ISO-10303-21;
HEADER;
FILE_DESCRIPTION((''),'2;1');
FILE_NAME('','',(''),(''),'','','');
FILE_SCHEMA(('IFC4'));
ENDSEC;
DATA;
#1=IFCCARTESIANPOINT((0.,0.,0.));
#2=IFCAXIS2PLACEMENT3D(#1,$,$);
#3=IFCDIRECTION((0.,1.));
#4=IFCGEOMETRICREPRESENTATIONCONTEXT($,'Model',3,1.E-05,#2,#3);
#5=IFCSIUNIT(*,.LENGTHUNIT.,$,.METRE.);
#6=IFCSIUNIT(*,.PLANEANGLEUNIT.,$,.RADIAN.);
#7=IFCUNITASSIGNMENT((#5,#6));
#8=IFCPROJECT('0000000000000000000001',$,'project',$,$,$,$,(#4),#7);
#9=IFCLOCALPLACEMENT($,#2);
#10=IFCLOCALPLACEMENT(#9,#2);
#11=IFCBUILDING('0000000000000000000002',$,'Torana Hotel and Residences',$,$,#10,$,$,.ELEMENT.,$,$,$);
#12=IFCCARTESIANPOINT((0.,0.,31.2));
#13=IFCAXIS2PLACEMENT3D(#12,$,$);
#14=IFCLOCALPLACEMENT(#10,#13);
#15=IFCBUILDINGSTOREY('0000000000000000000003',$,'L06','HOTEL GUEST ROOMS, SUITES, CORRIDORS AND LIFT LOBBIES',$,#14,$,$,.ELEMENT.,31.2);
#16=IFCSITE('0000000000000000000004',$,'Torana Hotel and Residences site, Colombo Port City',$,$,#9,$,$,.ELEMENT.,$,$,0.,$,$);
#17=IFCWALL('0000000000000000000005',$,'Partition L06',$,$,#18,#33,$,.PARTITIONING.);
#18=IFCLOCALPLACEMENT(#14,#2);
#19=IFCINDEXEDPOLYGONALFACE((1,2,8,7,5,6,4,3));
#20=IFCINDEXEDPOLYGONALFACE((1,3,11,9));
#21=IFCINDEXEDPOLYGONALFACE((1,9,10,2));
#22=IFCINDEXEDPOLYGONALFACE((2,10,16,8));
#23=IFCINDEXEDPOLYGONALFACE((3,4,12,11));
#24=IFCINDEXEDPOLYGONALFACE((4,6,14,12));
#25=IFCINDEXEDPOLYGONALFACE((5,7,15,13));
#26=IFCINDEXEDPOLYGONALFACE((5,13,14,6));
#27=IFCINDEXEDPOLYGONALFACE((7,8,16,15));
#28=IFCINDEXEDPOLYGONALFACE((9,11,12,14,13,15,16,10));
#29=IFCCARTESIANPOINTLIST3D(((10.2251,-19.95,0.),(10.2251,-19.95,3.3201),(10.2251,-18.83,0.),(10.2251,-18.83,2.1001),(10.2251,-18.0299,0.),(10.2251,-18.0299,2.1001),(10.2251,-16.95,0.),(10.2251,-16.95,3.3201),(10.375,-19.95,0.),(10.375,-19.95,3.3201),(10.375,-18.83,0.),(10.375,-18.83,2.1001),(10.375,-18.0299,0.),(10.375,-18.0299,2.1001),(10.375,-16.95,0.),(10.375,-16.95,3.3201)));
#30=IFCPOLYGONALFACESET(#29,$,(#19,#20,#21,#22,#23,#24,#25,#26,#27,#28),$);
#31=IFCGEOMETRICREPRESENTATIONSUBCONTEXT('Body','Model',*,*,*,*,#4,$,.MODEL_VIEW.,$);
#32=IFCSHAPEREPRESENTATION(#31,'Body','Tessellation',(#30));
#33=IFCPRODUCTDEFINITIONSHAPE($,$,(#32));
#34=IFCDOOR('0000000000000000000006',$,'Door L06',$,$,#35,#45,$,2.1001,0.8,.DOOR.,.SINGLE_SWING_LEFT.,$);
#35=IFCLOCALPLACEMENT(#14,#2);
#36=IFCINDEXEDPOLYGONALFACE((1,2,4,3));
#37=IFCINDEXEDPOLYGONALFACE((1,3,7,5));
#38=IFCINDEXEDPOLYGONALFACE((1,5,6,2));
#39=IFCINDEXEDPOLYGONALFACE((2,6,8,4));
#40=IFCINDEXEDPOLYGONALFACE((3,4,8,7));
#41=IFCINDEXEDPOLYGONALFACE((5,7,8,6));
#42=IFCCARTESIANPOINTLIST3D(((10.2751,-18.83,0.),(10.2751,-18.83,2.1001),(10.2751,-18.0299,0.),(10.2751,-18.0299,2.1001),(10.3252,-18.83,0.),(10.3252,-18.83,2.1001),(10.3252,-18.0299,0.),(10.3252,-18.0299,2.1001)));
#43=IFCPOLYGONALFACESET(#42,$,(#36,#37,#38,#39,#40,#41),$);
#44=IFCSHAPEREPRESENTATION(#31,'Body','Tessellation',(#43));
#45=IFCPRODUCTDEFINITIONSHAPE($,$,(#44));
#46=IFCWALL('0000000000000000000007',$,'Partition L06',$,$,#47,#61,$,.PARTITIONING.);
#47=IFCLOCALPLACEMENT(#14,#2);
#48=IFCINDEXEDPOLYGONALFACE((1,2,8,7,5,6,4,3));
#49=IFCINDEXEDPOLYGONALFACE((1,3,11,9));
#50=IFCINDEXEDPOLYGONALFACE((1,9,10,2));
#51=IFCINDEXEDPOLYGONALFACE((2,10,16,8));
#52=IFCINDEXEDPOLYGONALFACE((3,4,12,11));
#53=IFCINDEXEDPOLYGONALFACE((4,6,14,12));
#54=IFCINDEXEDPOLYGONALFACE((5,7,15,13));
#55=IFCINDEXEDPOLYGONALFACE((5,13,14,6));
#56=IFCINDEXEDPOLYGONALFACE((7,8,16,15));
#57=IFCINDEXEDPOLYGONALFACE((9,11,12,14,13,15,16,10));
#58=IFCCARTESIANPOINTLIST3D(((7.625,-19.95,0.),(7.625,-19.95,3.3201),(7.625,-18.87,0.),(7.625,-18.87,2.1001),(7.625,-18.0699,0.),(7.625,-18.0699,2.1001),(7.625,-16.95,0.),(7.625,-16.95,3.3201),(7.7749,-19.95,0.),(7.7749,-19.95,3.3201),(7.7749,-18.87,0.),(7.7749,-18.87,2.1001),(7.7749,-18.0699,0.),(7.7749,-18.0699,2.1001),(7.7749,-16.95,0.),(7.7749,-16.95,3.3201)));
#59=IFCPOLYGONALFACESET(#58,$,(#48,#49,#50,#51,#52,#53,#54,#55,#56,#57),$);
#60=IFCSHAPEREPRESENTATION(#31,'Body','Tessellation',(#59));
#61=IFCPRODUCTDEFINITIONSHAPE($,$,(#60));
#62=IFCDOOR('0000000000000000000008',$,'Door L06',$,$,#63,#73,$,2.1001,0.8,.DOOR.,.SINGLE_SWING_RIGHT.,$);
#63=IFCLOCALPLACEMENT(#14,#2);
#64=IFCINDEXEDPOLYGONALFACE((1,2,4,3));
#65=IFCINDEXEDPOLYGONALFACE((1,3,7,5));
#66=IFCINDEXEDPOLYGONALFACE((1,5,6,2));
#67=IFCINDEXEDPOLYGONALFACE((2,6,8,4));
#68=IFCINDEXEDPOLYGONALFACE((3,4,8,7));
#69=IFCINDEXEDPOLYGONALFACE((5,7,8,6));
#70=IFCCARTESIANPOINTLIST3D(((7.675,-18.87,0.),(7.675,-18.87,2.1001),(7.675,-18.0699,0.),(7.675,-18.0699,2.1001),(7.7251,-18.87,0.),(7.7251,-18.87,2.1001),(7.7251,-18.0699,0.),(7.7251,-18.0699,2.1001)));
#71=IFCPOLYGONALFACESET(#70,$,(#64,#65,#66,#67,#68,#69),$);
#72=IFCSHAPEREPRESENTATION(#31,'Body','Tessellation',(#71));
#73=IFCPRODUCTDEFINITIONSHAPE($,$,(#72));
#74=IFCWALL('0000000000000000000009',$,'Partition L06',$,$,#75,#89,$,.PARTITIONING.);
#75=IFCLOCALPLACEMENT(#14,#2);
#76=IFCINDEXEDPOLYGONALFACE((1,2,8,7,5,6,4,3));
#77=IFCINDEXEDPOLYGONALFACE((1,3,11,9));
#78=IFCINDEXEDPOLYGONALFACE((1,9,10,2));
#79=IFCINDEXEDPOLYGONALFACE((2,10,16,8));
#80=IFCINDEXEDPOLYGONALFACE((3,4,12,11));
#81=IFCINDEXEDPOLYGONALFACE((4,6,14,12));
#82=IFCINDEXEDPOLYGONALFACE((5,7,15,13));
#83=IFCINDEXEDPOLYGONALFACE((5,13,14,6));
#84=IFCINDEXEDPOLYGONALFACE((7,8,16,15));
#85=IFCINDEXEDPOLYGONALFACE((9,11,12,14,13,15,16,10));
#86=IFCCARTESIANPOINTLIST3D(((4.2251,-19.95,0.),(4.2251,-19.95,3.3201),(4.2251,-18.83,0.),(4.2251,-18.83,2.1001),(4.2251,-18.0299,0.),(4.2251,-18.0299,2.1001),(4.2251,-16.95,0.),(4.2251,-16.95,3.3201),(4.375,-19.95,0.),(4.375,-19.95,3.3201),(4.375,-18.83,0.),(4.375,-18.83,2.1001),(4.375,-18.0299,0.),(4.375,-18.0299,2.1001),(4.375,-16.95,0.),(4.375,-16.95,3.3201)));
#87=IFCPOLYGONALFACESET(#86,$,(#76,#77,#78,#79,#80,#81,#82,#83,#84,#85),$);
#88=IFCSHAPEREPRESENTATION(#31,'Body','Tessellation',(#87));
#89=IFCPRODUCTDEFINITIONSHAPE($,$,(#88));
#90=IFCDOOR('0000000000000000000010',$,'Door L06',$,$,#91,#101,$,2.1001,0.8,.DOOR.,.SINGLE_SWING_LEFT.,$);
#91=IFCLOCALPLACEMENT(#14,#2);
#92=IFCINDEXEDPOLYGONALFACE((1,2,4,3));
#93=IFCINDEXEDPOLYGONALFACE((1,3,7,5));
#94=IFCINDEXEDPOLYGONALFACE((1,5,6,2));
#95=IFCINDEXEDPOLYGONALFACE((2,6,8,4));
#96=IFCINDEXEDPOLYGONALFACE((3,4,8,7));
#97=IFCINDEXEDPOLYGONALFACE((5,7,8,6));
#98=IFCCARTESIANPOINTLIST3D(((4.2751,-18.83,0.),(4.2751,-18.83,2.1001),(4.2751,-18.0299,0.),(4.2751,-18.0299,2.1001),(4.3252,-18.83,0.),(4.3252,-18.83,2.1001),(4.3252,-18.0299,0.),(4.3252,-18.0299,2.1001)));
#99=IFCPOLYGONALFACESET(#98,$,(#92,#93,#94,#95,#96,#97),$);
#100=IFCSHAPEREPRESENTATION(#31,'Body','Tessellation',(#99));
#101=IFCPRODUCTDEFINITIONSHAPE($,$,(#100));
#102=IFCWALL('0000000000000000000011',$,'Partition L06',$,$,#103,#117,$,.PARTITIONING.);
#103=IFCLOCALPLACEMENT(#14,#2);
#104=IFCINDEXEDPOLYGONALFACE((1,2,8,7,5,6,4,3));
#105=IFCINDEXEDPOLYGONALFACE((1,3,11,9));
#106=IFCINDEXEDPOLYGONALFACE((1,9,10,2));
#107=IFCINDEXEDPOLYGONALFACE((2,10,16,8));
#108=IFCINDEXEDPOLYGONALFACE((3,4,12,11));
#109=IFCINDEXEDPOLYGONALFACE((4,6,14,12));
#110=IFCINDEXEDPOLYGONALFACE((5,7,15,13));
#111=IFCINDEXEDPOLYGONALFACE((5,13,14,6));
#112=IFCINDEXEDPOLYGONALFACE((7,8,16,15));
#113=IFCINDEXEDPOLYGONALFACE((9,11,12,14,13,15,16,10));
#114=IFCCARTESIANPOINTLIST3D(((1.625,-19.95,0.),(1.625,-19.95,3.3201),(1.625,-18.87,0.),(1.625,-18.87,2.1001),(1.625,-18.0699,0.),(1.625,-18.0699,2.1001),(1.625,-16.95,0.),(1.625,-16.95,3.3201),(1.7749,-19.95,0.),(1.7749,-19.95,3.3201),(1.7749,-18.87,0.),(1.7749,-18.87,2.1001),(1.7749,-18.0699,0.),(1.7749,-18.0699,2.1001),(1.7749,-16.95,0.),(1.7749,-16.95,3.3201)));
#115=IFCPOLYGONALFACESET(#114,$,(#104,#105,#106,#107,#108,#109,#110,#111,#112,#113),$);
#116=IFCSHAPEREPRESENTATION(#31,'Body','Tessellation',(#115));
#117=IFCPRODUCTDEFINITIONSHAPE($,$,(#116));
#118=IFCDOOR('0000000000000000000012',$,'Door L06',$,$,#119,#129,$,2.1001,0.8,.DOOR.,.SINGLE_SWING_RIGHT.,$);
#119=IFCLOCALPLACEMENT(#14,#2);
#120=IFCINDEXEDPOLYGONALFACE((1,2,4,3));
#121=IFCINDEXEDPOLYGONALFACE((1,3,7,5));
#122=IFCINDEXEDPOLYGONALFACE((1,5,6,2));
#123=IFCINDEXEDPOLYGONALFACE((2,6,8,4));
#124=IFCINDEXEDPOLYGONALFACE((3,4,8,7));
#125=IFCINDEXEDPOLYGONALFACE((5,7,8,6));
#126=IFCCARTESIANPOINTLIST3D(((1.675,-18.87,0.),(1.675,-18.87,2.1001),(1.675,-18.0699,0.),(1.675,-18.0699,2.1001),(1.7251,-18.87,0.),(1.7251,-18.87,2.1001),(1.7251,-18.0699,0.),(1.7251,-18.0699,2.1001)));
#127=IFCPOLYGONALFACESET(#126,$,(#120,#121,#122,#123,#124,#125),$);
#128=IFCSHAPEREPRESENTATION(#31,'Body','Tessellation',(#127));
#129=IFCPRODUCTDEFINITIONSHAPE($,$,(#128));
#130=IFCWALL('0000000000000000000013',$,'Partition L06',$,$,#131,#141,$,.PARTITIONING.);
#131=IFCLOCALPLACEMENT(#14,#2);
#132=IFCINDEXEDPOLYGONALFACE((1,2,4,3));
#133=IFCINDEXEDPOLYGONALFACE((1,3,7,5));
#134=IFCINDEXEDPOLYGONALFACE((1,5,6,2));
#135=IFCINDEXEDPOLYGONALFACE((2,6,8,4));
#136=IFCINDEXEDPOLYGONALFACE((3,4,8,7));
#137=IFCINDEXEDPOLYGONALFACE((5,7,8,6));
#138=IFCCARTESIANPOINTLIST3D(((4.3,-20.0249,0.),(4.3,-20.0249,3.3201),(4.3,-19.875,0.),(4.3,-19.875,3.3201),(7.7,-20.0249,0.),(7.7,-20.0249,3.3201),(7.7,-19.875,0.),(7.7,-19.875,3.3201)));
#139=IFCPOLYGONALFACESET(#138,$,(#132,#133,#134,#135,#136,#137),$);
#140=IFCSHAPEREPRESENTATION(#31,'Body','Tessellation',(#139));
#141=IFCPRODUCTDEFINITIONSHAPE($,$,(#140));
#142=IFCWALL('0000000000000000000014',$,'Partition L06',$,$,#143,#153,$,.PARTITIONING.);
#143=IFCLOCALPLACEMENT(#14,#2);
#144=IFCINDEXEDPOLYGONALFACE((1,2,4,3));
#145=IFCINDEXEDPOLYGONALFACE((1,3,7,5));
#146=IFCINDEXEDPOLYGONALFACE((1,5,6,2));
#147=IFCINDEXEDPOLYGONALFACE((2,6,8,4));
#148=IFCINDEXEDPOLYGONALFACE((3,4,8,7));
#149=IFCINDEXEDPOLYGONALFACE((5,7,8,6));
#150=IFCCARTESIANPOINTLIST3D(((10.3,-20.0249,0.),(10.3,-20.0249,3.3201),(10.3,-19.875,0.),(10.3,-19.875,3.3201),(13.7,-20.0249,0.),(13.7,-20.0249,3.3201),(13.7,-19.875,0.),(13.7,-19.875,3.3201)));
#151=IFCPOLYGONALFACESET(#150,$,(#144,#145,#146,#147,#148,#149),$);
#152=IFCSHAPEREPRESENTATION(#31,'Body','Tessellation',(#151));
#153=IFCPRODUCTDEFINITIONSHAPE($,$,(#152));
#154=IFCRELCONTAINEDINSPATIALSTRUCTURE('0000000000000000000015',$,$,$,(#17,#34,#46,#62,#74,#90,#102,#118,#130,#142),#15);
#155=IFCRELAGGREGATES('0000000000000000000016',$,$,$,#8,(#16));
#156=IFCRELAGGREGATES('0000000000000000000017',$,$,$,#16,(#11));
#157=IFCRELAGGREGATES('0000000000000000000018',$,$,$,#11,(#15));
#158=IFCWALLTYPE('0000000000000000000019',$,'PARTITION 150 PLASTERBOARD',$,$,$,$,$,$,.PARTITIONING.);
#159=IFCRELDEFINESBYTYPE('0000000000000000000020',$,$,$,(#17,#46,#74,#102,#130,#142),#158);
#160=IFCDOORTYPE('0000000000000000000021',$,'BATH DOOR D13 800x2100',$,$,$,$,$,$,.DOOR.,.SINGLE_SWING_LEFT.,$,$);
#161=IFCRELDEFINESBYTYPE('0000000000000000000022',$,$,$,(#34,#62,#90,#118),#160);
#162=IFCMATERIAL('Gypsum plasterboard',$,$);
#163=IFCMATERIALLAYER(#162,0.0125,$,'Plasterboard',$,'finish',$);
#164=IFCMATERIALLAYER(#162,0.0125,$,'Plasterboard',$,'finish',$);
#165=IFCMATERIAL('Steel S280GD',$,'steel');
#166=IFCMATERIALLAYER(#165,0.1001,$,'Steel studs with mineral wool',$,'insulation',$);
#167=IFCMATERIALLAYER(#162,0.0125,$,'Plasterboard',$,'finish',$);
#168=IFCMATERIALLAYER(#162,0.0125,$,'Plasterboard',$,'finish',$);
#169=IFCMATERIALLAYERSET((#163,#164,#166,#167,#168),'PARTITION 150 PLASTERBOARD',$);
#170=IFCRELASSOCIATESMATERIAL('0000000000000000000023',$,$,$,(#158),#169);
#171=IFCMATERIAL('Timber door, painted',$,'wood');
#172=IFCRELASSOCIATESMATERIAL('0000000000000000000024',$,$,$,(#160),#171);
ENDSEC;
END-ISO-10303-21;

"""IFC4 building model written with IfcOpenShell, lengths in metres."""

from ifc_helpers import new_model, si_unit, direction, frame, frame_2d, origin, place, context, subcontext, project, spatial, rectangle, extrude, material, layer, layer_set, type_object, element, fill, save


model = new_model("IFC4")

# Units and contexts
model_context = context("Model", 3, precision=1e-05, world=origin(), true_north=direction((0.0, 1.0)))
body_context = subcontext(model_context, "Body", "Model", "MODEL_VIEW")
ifc_project = project(units=[si_unit("LENGTHUNIT", "METRE"), si_unit("PLANEANGLEUNIT", "RADIAN")], contexts=[model_context])

# Site, building, storey
site_placement = place(None, origin())
site = spatial("IfcSite", under=ifc_project, at=site_placement, Name="Torana Hotel and Residences site, Colombo Port City", CompositionType="ELEMENT", RefElevation=0.0)
building_placement = place(site_placement, origin())
building = spatial("IfcBuilding", under=site, at=building_placement, Name="Torana Hotel and Residences", CompositionType="ELEMENT")
storey_placement = place(building_placement, frame((0.0, 0.0, 31.2)))
storey = spatial("IfcBuildingStorey", under=building, at=storey_placement, Name="L06", Description="HOTEL GUEST ROOMS, SUITES, CORRIDORS AND LIFT LOBBIES", CompositionType="ELEMENT", Elevation=31.2)

# Walls, openings, doors
ifc_material_1 = material(Name="Gypsum plasterboard")
ifc_layer_1 = layer(ifc_material_1, 0.0125, Name="Plasterboard", Category="finish")
ifc_layer_2 = layer(ifc_material_1, 0.0125, Name="Plasterboard", Category="finish")
ifc_material_2 = material(Name="Steel S280GD", Category="steel")
ifc_layer_3 = layer(ifc_material_2, 0.1001, Name="Steel studs with mineral wool", Category="insulation")
ifc_layer_4 = layer(ifc_material_1, 0.0125, Name="Plasterboard", Category="finish")
ifc_layer_5 = layer(ifc_material_1, 0.0125, Name="Plasterboard", Category="finish")
ifc_layer_set_1 = layer_set([ifc_layer_1, ifc_layer_2, ifc_layer_3, ifc_layer_4, ifc_layer_5], Name="PARTITION 150 PLASTERBOARD")
wall_type_1 = type_object("IfcWallType", Name="PARTITION 150 PLASTERBOARD", PredefinedType="PARTITIONING", material=ifc_layer_set_1)
wall_1_placement = place(storey_placement, frame((10.3, -19.95, 0.0), z_axis=(0.0, 0.0, 1.0), x_axis=(0.0, 1.0, 0.0)))
wall_1 = element("IfcWall", 1, at=wall_1_placement, inside=storey, type_object=wall_type_1, Name="Partition L06", PredefinedType="PARTITIONING", context=body_context, shape_type="SweptSolid", body=[
    extrude(rectangle(XDim=3.0, YDim=0.1499, at=frame_2d((1.5, 0.0))), origin(), (0.0, 0.0, 1.0), 3.3201),
])
opening_1_placement = place(wall_1_placement, frame((1.1201, 0.0, 0.0)))
opening_1 = element("IfcOpeningElement", 2, at=opening_1_placement, cuts=wall_1, PredefinedType="OPENING", context=body_context, shape_type="SweptSolid", body=[
    extrude(rectangle(XDim=0.8, YDim=2.1001, at=frame_2d((0.3999, 1.05))), frame((0.0, 0.085, 0.0), z_axis=(0.0, -1.0, 0.0), x_axis=(1.0, 0.0, 0.0)), (0.0, 0.0, 1.0), 0.1699),
])
ifc_material_3 = material(Name="Timber door, painted", Category="wood")
door_type_1 = type_object("IfcDoorType", Name="BATH DOOR D13 800x2100", OperationType="SINGLE_SWING_LEFT", PredefinedType="DOOR", material=ifc_material_3)
door_1_placement = place(opening_1_placement, origin())
door_1 = element("IfcDoor", 3, at=door_1_placement, inside=storey, type_object=door_type_1, Name="Door L06", OperationType="SINGLE_SWING_LEFT", OverallHeight=2.1001, OverallWidth=0.8, PredefinedType="DOOR", context=body_context, shape_type="SweptSolid", body=[
    extrude(rectangle(XDim=0.8, YDim=2.1001, at=frame_2d((0.3999, 1.05))), frame((0.0, 0.0249, 0.0), z_axis=(0.0, -1.0, 0.0), x_axis=(1.0, 0.0, 0.0)), (0.0, 0.0, 1.0), 0.05),
])
fill(opening_1, door_1)
wall_2_placement = place(storey_placement, frame((7.7, -19.95, 0.0), z_axis=(0.0, 0.0, 1.0), x_axis=(0.0, 1.0, 0.0)))
wall_2 = element("IfcWall", 4, at=wall_2_placement, inside=storey, type_object=wall_type_1, Name="Partition L06", PredefinedType="PARTITIONING", context=body_context, shape_type="SweptSolid", body=[
    extrude(rectangle(XDim=3.0, YDim=0.1499, at=frame_2d((1.5, 0.0))), origin(), (0.0, 0.0, 1.0), 3.3201),
])
opening_2_placement = place(wall_2_placement, frame((1.0801, 0.0, 0.0)))
opening_2 = element("IfcOpeningElement", 5, at=opening_2_placement, cuts=wall_2, PredefinedType="OPENING", context=body_context, shape_type="SweptSolid", body=[
    extrude(rectangle(XDim=0.8, YDim=2.1001, at=frame_2d((0.3999, 1.05))), frame((0.0, 0.085, 0.0), z_axis=(0.0, -1.0, 0.0), x_axis=(1.0, 0.0, 0.0)), (0.0, 0.0, 1.0), 0.1699),
])
door_2_placement = place(opening_2_placement, origin())
door_2 = element("IfcDoor", 6, at=door_2_placement, inside=storey, type_object=door_type_1, Name="Door L06", OperationType="SINGLE_SWING_RIGHT", OverallHeight=2.1001, OverallWidth=0.8, PredefinedType="DOOR", context=body_context, shape_type="SweptSolid", body=[
    extrude(rectangle(XDim=0.8, YDim=2.1001, at=frame_2d((0.3999, 1.05))), frame((0.0, 0.0249, 0.0), z_axis=(0.0, -1.0, 0.0), x_axis=(1.0, 0.0, 0.0)), (0.0, 0.0, 1.0), 0.05),
])
fill(opening_2, door_2)
wall_3_placement = place(storey_placement, frame((4.3, -19.95, 0.0), z_axis=(0.0, 0.0, 1.0), x_axis=(0.0, 1.0, 0.0)))
wall_3 = element("IfcWall", 7, at=wall_3_placement, inside=storey, type_object=wall_type_1, Name="Partition L06", PredefinedType="PARTITIONING", context=body_context, shape_type="SweptSolid", body=[
    extrude(rectangle(XDim=3.0, YDim=0.1499, at=frame_2d((1.5, 0.0))), origin(), (0.0, 0.0, 1.0), 3.3201),
])
opening_3_placement = place(wall_3_placement, frame((1.1201, 0.0, 0.0)))
opening_3 = element("IfcOpeningElement", 8, at=opening_3_placement, cuts=wall_3, PredefinedType="OPENING", context=body_context, shape_type="SweptSolid", body=[
    extrude(rectangle(XDim=0.8, YDim=2.1001, at=frame_2d((0.3999, 1.05))), frame((0.0, 0.085, 0.0), z_axis=(0.0, -1.0, 0.0), x_axis=(1.0, 0.0, 0.0)), (0.0, 0.0, 1.0), 0.1699),
])
door_3_placement = place(opening_3_placement, origin())
door_3 = element("IfcDoor", 9, at=door_3_placement, inside=storey, type_object=door_type_1, Name="Door L06", OperationType="SINGLE_SWING_LEFT", OverallHeight=2.1001, OverallWidth=0.8, PredefinedType="DOOR", context=body_context, shape_type="SweptSolid", body=[
    extrude(rectangle(XDim=0.8, YDim=2.1001, at=frame_2d((0.3999, 1.05))), frame((0.0, 0.0249, 0.0), z_axis=(0.0, -1.0, 0.0), x_axis=(1.0, 0.0, 0.0)), (0.0, 0.0, 1.0), 0.05),
])
fill(opening_3, door_3)
wall_4_placement = place(storey_placement, frame((1.7, -19.95, 0.0), z_axis=(0.0, 0.0, 1.0), x_axis=(0.0, 1.0, 0.0)))
wall_4 = element("IfcWall", 10, at=wall_4_placement, inside=storey, type_object=wall_type_1, Name="Partition L06", PredefinedType="PARTITIONING", context=body_context, shape_type="SweptSolid", body=[
    extrude(rectangle(XDim=3.0, YDim=0.1499, at=frame_2d((1.5, 0.0))), origin(), (0.0, 0.0, 1.0), 3.3201),
])
opening_4_placement = place(wall_4_placement, frame((1.0801, 0.0, 0.0)))
opening_4 = element("IfcOpeningElement", 11, at=opening_4_placement, cuts=wall_4, PredefinedType="OPENING", context=body_context, shape_type="SweptSolid", body=[
    extrude(rectangle(XDim=0.8, YDim=2.1001, at=frame_2d((0.3999, 1.05))), frame((0.0, 0.085, 0.0), z_axis=(0.0, -1.0, 0.0), x_axis=(1.0, 0.0, 0.0)), (0.0, 0.0, 1.0), 0.1699),
])
door_4_placement = place(opening_4_placement, origin())
door_4 = element("IfcDoor", 12, at=door_4_placement, inside=storey, type_object=door_type_1, Name="Door L06", OperationType="SINGLE_SWING_RIGHT", OverallHeight=2.1001, OverallWidth=0.8, PredefinedType="DOOR", context=body_context, shape_type="SweptSolid", body=[
    extrude(rectangle(XDim=0.8, YDim=2.1001, at=frame_2d((0.3999, 1.05))), frame((0.0, 0.0249, 0.0), z_axis=(0.0, -1.0, 0.0), x_axis=(1.0, 0.0, 0.0)), (0.0, 0.0, 1.0), 0.05),
])
fill(opening_4, door_4)

# Walls
for number, where, z_axis, x_axis, name in (
    (13, (4.3, -19.95, 0.0), (0.0, 0.0, 1.0), (1.0, 0.0, 0.0), "Partition L06"),
    (14, (10.3, -19.95, 0.0), (0.0, 0.0, 1.0), (1.0, 0.0, 0.0), "Partition L06"),
):
    element("IfcWall", number, at=place(storey_placement, frame(where, z_axis=z_axis, x_axis=x_axis)), inside=storey, type_object=wall_type_1, Name=name, PredefinedType="PARTITIONING", context=body_context, shape_type="SweptSolid", body=[
        extrude(rectangle(XDim=3.3999, YDim=0.1499, at=frame_2d((1.7, 0.0))), origin(), (0.0, 0.0, 1.0), 3.3201),
    ])

save(model, "model.ifc")
